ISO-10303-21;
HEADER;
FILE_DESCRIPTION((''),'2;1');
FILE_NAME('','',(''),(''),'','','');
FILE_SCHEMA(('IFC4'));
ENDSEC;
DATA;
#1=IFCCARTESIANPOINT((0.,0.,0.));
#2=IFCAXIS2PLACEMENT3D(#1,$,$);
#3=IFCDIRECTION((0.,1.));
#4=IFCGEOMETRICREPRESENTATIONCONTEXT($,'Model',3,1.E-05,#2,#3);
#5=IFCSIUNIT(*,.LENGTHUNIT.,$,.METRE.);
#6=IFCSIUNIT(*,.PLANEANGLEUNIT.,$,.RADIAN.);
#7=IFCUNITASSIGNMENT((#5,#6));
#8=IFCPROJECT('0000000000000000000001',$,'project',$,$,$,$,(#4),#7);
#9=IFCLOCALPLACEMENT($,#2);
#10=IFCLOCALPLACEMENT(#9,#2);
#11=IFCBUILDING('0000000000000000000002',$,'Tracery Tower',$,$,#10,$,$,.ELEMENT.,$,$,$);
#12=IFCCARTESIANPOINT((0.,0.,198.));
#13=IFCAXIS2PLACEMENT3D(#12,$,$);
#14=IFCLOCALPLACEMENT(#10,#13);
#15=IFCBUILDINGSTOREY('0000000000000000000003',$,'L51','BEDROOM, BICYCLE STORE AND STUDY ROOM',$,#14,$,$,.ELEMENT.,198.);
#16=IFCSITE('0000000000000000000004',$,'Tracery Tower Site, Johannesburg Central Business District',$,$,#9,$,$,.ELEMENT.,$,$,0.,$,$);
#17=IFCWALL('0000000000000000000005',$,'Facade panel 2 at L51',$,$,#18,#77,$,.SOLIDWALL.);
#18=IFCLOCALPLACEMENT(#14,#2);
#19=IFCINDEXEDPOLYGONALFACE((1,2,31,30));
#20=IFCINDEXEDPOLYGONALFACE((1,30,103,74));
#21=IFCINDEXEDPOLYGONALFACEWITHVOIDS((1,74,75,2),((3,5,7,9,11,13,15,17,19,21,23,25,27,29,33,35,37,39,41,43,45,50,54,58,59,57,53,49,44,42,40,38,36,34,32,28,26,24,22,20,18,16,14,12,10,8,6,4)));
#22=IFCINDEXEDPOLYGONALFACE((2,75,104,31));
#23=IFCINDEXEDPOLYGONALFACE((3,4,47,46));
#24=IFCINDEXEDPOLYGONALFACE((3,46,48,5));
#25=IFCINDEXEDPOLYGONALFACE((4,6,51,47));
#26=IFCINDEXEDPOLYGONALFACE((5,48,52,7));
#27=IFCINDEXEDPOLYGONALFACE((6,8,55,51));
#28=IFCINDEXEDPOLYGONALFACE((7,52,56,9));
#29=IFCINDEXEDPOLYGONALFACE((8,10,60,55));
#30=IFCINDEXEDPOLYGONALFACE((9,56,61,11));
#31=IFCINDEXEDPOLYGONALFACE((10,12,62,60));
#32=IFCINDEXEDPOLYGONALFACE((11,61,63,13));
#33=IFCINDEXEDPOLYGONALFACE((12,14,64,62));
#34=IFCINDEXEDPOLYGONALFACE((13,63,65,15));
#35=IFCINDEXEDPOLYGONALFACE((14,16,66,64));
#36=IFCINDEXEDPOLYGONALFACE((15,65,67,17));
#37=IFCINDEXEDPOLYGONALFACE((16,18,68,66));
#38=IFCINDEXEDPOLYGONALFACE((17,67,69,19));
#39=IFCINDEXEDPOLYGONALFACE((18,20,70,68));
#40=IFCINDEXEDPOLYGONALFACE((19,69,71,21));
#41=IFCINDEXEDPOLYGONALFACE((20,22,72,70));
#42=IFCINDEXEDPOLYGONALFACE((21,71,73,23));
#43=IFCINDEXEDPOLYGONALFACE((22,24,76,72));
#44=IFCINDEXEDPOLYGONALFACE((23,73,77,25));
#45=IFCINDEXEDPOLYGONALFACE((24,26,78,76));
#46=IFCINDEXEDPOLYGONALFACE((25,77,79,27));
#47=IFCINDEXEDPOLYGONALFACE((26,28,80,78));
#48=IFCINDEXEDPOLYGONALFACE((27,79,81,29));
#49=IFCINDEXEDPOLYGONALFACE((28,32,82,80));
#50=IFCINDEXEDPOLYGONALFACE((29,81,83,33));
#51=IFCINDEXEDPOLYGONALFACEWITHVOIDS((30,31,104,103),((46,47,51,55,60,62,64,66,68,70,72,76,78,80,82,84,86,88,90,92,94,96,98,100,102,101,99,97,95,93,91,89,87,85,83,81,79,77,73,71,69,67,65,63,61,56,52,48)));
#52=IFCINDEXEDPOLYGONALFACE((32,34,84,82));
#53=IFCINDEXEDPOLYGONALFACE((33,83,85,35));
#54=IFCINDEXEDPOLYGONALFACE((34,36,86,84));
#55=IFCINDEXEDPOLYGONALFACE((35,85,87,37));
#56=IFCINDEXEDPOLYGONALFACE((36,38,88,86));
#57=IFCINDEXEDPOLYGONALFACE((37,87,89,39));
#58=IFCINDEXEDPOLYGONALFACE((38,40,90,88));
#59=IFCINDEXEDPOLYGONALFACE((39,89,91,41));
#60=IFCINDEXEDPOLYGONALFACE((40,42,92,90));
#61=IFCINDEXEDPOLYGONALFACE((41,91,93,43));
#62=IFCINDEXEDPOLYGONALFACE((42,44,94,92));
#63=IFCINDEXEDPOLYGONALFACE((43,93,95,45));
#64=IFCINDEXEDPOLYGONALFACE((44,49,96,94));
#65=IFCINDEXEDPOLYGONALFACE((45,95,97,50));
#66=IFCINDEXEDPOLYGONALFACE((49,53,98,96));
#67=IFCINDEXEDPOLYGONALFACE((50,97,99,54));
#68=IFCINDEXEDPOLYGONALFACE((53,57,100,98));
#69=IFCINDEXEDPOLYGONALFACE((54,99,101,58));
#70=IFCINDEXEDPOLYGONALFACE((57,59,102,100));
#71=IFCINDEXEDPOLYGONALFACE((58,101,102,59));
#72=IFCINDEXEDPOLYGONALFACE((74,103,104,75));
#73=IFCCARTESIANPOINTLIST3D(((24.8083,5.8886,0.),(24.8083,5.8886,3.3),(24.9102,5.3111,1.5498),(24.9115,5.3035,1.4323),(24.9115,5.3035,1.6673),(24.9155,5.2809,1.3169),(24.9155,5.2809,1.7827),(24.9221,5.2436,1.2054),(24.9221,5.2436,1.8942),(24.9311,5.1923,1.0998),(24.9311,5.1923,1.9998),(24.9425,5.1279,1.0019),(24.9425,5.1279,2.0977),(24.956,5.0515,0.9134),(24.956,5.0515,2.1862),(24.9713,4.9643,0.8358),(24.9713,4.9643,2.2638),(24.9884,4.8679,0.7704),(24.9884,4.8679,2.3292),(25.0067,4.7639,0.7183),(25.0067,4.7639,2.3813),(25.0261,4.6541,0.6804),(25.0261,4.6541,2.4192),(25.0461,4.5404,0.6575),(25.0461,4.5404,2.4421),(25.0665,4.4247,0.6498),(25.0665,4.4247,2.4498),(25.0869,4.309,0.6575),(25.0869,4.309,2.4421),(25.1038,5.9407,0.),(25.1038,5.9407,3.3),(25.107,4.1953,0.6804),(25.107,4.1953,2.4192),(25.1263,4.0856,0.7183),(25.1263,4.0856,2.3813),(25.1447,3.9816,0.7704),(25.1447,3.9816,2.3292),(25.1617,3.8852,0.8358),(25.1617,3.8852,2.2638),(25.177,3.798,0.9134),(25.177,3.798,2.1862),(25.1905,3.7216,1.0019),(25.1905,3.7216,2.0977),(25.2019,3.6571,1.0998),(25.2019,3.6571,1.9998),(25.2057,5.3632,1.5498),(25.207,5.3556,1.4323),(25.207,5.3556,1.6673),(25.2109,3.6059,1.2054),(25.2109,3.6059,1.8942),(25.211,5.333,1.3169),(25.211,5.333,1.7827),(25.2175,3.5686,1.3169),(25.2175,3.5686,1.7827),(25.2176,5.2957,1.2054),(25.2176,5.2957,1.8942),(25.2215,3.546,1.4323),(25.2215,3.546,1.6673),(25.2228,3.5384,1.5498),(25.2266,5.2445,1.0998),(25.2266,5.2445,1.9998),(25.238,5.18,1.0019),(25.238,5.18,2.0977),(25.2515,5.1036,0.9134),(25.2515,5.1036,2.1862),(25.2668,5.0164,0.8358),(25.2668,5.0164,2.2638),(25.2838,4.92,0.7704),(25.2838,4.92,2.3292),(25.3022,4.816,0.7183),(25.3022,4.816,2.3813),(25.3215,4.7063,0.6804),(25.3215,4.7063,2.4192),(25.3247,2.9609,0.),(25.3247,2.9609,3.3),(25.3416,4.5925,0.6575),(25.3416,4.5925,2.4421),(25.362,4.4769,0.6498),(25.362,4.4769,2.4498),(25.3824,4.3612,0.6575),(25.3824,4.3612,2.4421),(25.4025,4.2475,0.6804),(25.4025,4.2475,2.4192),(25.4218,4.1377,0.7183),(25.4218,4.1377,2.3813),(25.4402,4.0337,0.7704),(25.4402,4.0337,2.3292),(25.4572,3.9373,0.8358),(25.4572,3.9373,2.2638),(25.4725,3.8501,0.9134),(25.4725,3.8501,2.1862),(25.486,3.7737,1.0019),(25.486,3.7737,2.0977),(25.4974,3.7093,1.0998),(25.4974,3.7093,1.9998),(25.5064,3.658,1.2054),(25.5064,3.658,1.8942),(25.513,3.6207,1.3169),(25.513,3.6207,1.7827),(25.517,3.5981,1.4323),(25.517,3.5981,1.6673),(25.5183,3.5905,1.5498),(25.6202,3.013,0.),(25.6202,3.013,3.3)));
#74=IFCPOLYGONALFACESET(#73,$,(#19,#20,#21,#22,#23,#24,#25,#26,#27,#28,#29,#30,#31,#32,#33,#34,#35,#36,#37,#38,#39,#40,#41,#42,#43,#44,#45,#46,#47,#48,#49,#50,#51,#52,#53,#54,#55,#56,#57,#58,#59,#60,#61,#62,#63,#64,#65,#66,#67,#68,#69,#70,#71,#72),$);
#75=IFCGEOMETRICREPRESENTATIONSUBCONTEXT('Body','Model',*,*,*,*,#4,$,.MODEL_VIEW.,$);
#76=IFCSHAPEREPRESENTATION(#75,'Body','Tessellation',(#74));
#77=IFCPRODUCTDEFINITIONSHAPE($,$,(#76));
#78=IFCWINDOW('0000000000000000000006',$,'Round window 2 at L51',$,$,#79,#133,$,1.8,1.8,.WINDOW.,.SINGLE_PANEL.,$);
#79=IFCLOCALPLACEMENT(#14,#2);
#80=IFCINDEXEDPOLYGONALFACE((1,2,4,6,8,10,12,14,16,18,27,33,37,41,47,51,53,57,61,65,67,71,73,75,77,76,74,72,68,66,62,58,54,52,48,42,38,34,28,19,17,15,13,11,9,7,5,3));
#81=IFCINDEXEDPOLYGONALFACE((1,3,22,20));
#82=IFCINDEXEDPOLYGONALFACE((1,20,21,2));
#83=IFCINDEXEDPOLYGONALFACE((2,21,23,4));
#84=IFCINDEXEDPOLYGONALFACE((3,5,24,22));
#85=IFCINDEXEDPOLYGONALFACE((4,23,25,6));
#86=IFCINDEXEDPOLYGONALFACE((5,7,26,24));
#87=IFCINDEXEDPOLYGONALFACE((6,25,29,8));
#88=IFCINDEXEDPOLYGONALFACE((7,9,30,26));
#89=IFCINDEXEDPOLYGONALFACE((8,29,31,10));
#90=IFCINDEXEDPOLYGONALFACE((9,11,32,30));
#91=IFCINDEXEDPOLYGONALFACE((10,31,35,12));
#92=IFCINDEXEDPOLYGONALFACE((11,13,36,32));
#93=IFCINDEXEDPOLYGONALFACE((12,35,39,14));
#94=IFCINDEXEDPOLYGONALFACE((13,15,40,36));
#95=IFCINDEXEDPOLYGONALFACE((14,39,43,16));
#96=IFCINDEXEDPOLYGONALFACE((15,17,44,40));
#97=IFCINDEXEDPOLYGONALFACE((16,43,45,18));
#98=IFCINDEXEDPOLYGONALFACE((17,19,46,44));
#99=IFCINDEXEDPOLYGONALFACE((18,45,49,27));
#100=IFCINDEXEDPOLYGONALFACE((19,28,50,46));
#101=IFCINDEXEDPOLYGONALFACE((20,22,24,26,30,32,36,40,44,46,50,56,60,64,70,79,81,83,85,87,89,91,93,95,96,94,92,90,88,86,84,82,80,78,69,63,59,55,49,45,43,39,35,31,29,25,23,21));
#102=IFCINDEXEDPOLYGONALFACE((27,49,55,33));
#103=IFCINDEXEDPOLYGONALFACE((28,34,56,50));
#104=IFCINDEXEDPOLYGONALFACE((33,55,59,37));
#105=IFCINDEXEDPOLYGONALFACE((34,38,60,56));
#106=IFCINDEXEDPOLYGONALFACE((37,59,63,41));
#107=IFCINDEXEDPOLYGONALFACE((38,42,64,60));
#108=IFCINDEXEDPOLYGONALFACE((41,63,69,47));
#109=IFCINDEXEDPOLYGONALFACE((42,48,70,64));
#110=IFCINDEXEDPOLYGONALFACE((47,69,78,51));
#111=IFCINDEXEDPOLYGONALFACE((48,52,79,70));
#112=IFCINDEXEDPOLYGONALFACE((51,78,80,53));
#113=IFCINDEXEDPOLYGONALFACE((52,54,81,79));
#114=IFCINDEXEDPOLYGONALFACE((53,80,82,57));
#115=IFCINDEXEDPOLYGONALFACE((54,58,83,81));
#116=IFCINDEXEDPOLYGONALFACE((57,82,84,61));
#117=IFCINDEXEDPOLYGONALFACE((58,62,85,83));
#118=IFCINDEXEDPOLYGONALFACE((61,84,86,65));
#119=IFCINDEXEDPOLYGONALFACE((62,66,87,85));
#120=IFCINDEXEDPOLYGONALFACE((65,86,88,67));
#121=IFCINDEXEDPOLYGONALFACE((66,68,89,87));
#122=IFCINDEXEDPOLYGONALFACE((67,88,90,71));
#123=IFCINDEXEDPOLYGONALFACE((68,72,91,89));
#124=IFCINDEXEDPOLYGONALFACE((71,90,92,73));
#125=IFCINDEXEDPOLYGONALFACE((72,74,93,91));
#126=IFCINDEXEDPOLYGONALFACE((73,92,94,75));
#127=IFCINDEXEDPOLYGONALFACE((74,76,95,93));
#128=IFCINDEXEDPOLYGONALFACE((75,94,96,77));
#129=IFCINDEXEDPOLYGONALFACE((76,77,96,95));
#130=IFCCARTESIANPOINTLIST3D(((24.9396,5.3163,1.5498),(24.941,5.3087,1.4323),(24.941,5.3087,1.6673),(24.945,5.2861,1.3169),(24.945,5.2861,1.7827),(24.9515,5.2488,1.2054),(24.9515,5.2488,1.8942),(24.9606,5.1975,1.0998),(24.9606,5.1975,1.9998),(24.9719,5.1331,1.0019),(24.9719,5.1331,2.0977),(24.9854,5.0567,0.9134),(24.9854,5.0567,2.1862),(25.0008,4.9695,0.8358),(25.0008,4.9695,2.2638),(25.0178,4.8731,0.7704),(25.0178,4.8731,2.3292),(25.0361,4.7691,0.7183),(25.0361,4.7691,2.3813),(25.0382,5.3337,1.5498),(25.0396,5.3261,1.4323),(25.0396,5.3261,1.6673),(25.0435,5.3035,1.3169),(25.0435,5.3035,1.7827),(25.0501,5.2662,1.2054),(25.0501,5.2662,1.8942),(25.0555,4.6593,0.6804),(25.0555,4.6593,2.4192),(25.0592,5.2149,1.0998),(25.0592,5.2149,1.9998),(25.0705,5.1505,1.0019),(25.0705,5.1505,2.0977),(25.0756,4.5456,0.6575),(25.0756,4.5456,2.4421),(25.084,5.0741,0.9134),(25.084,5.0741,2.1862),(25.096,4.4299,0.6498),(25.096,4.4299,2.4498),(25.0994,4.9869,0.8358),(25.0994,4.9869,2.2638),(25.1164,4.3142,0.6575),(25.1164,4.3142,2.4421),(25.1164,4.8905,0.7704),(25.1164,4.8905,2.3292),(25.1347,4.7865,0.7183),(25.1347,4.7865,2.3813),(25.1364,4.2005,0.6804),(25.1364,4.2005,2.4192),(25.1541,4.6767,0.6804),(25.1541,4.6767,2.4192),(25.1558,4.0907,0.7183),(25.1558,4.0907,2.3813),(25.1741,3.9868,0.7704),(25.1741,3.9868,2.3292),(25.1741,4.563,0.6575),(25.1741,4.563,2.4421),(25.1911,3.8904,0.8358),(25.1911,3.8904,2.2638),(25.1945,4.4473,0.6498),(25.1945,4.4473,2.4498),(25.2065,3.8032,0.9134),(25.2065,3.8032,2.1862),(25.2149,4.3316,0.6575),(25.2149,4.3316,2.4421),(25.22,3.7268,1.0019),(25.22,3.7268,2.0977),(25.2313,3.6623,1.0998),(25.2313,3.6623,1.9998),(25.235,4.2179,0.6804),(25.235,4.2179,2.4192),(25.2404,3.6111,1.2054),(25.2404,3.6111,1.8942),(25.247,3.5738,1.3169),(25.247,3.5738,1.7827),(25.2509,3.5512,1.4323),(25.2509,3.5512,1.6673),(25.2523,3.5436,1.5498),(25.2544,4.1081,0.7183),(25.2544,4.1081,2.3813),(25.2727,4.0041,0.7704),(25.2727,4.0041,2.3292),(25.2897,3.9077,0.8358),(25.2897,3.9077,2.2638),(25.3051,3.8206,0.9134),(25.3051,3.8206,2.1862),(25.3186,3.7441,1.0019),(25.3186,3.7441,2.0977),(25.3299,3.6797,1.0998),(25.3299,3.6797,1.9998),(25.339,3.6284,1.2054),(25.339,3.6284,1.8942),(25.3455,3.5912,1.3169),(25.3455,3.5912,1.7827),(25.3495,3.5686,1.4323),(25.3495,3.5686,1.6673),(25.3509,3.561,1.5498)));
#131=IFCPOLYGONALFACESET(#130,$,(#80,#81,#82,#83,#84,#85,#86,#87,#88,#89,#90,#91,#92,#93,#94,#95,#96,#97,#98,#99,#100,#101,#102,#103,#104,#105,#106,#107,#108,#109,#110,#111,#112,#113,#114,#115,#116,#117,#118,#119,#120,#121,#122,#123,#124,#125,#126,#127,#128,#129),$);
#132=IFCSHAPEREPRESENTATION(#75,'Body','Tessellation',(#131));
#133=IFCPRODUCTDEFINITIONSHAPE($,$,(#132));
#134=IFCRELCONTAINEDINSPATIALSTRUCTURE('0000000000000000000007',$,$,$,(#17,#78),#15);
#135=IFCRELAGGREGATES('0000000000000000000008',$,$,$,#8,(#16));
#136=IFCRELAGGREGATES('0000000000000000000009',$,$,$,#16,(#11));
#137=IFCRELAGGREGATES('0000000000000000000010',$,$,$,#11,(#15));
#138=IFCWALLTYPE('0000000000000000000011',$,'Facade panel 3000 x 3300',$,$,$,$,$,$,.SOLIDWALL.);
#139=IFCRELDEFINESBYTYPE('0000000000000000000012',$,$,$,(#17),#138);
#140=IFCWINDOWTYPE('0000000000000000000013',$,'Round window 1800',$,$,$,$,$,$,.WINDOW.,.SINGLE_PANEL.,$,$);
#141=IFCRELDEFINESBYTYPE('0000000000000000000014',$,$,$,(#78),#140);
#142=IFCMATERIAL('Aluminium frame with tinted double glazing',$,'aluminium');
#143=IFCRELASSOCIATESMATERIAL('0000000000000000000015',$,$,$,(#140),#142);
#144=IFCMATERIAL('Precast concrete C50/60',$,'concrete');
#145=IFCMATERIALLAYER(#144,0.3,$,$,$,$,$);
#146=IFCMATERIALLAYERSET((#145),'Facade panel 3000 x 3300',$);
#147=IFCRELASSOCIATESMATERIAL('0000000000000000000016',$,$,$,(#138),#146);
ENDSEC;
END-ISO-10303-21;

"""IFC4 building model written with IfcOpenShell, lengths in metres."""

from ifc_helpers import new_model, si_unit, direction, frame, frame_2d, origin, origin_2d, place, context, subcontext, project, spatial, rectangle, circle, extrude, material, layer, layer_set, type_object, element, fill, save


model = new_model("IFC4")

# Units and contexts
model_context = context("Model", 3, precision=1e-05, world=origin(), true_north=direction((0.0, 1.0)))
body_context = subcontext(model_context, "Body", "Model", "MODEL_VIEW")
ifc_project = project(units=[si_unit("LENGTHUNIT", "METRE"), si_unit("PLANEANGLEUNIT", "RADIAN")], contexts=[model_context])

# Site, building, storey
site_placement = place(None, origin())
site = spatial("IfcSite", under=ifc_project, at=site_placement, Name="Tracery Tower Site, Johannesburg Central Business District", CompositionType="ELEMENT", RefElevation=0.0)
building_placement = place(site_placement, origin())
building = spatial("IfcBuilding", under=site, at=building_placement, Name="Tracery Tower", CompositionType="ELEMENT")
storey_placement = place(building_placement, frame((0.0, 0.0, 198.0)))
storey = spatial("IfcBuildingStorey", under=building, at=storey_placement, Name="L51", Description="BEDROOM, BICYCLE STORE AND STUDY ROOM", CompositionType="ELEMENT", Elevation=198.0)

# Wall, opening, window
ifc_material_1 = material(Name="Aluminium frame with tinted double glazing", Category="aluminium")
window_type = type_object("IfcWindowType", Name="Round window 1800", PartitioningType="SINGLE_PANEL", PredefinedType="WINDOW", material=ifc_material_1)
ifc_material_2 = material(Name="Precast concrete C50/60", Category="concrete")
ifc_layer_1 = layer(ifc_material_2, 0.3)
ifc_layer_set_1 = layer_set([ifc_layer_1], Name="Facade panel 3000 x 3300")
wall_type_1 = type_object("IfcWallType", Name="Facade panel 3000 x 3300", PredefinedType="SOLIDWALL", material=ifc_layer_set_1)
wall_1_placement = place(storey_placement, frame((25.4724, 2.9871, 0.0), z_axis=(0.0, 0.0, 1.0), x_axis=(-0.173687, 0.984801, 0.0)))
wall_1 = element("IfcWall", 1, at=wall_1_placement, inside=storey, type_object=wall_type_1, Name="Facade panel 2 at L51", PredefinedType="SOLIDWALL", context=body_context, shape_type="SweptSolid", body=[
    extrude(rectangle(XDim=2.9729, YDim=0.3, at=frame_2d((1.4863, 0.0))), origin(), (0.0, 0.0, 1.0), 3.3),
])
opening_1_placement = place(wall_1_placement, frame((1.4863, 0.0, 1.5498)))
opening_1 = element("IfcOpeningElement", 2, at=opening_1_placement, cuts=wall_1, PredefinedType="OPENING", context=body_context, shape_type="SweptSolid", body=[
    extrude(circle(Radius=0.9, at=origin_2d()), frame((0.0, 0.1599, 0.0), z_axis=(0.0, -1.0, 0.0), x_axis=(1.0, 0.0, 0.0)), (0.0, 0.0, 1.0), 0.3201),
])
window_1_placement = place(opening_1_placement, origin())
window_1 = element("IfcWindow", 3, at=window_1_placement, inside=storey, type_object=window_type, Name="Round window 2 at L51", OverallHeight=1.8, OverallWidth=1.8, PartitioningType="SINGLE_PANEL", PredefinedType="WINDOW", context=body_context, shape_type="SweptSolid", body=[
    extrude(circle(Radius=0.9, at=origin_2d()), frame((0.0, 0.1201, 0.0), z_axis=(0.0, -1.0, 0.0), x_axis=(1.0, 0.0, 0.0)), (0.0, 0.0, 1.0), 0.1001),
])
fill(opening_1, window_1)

save(model, "model.ifc")
